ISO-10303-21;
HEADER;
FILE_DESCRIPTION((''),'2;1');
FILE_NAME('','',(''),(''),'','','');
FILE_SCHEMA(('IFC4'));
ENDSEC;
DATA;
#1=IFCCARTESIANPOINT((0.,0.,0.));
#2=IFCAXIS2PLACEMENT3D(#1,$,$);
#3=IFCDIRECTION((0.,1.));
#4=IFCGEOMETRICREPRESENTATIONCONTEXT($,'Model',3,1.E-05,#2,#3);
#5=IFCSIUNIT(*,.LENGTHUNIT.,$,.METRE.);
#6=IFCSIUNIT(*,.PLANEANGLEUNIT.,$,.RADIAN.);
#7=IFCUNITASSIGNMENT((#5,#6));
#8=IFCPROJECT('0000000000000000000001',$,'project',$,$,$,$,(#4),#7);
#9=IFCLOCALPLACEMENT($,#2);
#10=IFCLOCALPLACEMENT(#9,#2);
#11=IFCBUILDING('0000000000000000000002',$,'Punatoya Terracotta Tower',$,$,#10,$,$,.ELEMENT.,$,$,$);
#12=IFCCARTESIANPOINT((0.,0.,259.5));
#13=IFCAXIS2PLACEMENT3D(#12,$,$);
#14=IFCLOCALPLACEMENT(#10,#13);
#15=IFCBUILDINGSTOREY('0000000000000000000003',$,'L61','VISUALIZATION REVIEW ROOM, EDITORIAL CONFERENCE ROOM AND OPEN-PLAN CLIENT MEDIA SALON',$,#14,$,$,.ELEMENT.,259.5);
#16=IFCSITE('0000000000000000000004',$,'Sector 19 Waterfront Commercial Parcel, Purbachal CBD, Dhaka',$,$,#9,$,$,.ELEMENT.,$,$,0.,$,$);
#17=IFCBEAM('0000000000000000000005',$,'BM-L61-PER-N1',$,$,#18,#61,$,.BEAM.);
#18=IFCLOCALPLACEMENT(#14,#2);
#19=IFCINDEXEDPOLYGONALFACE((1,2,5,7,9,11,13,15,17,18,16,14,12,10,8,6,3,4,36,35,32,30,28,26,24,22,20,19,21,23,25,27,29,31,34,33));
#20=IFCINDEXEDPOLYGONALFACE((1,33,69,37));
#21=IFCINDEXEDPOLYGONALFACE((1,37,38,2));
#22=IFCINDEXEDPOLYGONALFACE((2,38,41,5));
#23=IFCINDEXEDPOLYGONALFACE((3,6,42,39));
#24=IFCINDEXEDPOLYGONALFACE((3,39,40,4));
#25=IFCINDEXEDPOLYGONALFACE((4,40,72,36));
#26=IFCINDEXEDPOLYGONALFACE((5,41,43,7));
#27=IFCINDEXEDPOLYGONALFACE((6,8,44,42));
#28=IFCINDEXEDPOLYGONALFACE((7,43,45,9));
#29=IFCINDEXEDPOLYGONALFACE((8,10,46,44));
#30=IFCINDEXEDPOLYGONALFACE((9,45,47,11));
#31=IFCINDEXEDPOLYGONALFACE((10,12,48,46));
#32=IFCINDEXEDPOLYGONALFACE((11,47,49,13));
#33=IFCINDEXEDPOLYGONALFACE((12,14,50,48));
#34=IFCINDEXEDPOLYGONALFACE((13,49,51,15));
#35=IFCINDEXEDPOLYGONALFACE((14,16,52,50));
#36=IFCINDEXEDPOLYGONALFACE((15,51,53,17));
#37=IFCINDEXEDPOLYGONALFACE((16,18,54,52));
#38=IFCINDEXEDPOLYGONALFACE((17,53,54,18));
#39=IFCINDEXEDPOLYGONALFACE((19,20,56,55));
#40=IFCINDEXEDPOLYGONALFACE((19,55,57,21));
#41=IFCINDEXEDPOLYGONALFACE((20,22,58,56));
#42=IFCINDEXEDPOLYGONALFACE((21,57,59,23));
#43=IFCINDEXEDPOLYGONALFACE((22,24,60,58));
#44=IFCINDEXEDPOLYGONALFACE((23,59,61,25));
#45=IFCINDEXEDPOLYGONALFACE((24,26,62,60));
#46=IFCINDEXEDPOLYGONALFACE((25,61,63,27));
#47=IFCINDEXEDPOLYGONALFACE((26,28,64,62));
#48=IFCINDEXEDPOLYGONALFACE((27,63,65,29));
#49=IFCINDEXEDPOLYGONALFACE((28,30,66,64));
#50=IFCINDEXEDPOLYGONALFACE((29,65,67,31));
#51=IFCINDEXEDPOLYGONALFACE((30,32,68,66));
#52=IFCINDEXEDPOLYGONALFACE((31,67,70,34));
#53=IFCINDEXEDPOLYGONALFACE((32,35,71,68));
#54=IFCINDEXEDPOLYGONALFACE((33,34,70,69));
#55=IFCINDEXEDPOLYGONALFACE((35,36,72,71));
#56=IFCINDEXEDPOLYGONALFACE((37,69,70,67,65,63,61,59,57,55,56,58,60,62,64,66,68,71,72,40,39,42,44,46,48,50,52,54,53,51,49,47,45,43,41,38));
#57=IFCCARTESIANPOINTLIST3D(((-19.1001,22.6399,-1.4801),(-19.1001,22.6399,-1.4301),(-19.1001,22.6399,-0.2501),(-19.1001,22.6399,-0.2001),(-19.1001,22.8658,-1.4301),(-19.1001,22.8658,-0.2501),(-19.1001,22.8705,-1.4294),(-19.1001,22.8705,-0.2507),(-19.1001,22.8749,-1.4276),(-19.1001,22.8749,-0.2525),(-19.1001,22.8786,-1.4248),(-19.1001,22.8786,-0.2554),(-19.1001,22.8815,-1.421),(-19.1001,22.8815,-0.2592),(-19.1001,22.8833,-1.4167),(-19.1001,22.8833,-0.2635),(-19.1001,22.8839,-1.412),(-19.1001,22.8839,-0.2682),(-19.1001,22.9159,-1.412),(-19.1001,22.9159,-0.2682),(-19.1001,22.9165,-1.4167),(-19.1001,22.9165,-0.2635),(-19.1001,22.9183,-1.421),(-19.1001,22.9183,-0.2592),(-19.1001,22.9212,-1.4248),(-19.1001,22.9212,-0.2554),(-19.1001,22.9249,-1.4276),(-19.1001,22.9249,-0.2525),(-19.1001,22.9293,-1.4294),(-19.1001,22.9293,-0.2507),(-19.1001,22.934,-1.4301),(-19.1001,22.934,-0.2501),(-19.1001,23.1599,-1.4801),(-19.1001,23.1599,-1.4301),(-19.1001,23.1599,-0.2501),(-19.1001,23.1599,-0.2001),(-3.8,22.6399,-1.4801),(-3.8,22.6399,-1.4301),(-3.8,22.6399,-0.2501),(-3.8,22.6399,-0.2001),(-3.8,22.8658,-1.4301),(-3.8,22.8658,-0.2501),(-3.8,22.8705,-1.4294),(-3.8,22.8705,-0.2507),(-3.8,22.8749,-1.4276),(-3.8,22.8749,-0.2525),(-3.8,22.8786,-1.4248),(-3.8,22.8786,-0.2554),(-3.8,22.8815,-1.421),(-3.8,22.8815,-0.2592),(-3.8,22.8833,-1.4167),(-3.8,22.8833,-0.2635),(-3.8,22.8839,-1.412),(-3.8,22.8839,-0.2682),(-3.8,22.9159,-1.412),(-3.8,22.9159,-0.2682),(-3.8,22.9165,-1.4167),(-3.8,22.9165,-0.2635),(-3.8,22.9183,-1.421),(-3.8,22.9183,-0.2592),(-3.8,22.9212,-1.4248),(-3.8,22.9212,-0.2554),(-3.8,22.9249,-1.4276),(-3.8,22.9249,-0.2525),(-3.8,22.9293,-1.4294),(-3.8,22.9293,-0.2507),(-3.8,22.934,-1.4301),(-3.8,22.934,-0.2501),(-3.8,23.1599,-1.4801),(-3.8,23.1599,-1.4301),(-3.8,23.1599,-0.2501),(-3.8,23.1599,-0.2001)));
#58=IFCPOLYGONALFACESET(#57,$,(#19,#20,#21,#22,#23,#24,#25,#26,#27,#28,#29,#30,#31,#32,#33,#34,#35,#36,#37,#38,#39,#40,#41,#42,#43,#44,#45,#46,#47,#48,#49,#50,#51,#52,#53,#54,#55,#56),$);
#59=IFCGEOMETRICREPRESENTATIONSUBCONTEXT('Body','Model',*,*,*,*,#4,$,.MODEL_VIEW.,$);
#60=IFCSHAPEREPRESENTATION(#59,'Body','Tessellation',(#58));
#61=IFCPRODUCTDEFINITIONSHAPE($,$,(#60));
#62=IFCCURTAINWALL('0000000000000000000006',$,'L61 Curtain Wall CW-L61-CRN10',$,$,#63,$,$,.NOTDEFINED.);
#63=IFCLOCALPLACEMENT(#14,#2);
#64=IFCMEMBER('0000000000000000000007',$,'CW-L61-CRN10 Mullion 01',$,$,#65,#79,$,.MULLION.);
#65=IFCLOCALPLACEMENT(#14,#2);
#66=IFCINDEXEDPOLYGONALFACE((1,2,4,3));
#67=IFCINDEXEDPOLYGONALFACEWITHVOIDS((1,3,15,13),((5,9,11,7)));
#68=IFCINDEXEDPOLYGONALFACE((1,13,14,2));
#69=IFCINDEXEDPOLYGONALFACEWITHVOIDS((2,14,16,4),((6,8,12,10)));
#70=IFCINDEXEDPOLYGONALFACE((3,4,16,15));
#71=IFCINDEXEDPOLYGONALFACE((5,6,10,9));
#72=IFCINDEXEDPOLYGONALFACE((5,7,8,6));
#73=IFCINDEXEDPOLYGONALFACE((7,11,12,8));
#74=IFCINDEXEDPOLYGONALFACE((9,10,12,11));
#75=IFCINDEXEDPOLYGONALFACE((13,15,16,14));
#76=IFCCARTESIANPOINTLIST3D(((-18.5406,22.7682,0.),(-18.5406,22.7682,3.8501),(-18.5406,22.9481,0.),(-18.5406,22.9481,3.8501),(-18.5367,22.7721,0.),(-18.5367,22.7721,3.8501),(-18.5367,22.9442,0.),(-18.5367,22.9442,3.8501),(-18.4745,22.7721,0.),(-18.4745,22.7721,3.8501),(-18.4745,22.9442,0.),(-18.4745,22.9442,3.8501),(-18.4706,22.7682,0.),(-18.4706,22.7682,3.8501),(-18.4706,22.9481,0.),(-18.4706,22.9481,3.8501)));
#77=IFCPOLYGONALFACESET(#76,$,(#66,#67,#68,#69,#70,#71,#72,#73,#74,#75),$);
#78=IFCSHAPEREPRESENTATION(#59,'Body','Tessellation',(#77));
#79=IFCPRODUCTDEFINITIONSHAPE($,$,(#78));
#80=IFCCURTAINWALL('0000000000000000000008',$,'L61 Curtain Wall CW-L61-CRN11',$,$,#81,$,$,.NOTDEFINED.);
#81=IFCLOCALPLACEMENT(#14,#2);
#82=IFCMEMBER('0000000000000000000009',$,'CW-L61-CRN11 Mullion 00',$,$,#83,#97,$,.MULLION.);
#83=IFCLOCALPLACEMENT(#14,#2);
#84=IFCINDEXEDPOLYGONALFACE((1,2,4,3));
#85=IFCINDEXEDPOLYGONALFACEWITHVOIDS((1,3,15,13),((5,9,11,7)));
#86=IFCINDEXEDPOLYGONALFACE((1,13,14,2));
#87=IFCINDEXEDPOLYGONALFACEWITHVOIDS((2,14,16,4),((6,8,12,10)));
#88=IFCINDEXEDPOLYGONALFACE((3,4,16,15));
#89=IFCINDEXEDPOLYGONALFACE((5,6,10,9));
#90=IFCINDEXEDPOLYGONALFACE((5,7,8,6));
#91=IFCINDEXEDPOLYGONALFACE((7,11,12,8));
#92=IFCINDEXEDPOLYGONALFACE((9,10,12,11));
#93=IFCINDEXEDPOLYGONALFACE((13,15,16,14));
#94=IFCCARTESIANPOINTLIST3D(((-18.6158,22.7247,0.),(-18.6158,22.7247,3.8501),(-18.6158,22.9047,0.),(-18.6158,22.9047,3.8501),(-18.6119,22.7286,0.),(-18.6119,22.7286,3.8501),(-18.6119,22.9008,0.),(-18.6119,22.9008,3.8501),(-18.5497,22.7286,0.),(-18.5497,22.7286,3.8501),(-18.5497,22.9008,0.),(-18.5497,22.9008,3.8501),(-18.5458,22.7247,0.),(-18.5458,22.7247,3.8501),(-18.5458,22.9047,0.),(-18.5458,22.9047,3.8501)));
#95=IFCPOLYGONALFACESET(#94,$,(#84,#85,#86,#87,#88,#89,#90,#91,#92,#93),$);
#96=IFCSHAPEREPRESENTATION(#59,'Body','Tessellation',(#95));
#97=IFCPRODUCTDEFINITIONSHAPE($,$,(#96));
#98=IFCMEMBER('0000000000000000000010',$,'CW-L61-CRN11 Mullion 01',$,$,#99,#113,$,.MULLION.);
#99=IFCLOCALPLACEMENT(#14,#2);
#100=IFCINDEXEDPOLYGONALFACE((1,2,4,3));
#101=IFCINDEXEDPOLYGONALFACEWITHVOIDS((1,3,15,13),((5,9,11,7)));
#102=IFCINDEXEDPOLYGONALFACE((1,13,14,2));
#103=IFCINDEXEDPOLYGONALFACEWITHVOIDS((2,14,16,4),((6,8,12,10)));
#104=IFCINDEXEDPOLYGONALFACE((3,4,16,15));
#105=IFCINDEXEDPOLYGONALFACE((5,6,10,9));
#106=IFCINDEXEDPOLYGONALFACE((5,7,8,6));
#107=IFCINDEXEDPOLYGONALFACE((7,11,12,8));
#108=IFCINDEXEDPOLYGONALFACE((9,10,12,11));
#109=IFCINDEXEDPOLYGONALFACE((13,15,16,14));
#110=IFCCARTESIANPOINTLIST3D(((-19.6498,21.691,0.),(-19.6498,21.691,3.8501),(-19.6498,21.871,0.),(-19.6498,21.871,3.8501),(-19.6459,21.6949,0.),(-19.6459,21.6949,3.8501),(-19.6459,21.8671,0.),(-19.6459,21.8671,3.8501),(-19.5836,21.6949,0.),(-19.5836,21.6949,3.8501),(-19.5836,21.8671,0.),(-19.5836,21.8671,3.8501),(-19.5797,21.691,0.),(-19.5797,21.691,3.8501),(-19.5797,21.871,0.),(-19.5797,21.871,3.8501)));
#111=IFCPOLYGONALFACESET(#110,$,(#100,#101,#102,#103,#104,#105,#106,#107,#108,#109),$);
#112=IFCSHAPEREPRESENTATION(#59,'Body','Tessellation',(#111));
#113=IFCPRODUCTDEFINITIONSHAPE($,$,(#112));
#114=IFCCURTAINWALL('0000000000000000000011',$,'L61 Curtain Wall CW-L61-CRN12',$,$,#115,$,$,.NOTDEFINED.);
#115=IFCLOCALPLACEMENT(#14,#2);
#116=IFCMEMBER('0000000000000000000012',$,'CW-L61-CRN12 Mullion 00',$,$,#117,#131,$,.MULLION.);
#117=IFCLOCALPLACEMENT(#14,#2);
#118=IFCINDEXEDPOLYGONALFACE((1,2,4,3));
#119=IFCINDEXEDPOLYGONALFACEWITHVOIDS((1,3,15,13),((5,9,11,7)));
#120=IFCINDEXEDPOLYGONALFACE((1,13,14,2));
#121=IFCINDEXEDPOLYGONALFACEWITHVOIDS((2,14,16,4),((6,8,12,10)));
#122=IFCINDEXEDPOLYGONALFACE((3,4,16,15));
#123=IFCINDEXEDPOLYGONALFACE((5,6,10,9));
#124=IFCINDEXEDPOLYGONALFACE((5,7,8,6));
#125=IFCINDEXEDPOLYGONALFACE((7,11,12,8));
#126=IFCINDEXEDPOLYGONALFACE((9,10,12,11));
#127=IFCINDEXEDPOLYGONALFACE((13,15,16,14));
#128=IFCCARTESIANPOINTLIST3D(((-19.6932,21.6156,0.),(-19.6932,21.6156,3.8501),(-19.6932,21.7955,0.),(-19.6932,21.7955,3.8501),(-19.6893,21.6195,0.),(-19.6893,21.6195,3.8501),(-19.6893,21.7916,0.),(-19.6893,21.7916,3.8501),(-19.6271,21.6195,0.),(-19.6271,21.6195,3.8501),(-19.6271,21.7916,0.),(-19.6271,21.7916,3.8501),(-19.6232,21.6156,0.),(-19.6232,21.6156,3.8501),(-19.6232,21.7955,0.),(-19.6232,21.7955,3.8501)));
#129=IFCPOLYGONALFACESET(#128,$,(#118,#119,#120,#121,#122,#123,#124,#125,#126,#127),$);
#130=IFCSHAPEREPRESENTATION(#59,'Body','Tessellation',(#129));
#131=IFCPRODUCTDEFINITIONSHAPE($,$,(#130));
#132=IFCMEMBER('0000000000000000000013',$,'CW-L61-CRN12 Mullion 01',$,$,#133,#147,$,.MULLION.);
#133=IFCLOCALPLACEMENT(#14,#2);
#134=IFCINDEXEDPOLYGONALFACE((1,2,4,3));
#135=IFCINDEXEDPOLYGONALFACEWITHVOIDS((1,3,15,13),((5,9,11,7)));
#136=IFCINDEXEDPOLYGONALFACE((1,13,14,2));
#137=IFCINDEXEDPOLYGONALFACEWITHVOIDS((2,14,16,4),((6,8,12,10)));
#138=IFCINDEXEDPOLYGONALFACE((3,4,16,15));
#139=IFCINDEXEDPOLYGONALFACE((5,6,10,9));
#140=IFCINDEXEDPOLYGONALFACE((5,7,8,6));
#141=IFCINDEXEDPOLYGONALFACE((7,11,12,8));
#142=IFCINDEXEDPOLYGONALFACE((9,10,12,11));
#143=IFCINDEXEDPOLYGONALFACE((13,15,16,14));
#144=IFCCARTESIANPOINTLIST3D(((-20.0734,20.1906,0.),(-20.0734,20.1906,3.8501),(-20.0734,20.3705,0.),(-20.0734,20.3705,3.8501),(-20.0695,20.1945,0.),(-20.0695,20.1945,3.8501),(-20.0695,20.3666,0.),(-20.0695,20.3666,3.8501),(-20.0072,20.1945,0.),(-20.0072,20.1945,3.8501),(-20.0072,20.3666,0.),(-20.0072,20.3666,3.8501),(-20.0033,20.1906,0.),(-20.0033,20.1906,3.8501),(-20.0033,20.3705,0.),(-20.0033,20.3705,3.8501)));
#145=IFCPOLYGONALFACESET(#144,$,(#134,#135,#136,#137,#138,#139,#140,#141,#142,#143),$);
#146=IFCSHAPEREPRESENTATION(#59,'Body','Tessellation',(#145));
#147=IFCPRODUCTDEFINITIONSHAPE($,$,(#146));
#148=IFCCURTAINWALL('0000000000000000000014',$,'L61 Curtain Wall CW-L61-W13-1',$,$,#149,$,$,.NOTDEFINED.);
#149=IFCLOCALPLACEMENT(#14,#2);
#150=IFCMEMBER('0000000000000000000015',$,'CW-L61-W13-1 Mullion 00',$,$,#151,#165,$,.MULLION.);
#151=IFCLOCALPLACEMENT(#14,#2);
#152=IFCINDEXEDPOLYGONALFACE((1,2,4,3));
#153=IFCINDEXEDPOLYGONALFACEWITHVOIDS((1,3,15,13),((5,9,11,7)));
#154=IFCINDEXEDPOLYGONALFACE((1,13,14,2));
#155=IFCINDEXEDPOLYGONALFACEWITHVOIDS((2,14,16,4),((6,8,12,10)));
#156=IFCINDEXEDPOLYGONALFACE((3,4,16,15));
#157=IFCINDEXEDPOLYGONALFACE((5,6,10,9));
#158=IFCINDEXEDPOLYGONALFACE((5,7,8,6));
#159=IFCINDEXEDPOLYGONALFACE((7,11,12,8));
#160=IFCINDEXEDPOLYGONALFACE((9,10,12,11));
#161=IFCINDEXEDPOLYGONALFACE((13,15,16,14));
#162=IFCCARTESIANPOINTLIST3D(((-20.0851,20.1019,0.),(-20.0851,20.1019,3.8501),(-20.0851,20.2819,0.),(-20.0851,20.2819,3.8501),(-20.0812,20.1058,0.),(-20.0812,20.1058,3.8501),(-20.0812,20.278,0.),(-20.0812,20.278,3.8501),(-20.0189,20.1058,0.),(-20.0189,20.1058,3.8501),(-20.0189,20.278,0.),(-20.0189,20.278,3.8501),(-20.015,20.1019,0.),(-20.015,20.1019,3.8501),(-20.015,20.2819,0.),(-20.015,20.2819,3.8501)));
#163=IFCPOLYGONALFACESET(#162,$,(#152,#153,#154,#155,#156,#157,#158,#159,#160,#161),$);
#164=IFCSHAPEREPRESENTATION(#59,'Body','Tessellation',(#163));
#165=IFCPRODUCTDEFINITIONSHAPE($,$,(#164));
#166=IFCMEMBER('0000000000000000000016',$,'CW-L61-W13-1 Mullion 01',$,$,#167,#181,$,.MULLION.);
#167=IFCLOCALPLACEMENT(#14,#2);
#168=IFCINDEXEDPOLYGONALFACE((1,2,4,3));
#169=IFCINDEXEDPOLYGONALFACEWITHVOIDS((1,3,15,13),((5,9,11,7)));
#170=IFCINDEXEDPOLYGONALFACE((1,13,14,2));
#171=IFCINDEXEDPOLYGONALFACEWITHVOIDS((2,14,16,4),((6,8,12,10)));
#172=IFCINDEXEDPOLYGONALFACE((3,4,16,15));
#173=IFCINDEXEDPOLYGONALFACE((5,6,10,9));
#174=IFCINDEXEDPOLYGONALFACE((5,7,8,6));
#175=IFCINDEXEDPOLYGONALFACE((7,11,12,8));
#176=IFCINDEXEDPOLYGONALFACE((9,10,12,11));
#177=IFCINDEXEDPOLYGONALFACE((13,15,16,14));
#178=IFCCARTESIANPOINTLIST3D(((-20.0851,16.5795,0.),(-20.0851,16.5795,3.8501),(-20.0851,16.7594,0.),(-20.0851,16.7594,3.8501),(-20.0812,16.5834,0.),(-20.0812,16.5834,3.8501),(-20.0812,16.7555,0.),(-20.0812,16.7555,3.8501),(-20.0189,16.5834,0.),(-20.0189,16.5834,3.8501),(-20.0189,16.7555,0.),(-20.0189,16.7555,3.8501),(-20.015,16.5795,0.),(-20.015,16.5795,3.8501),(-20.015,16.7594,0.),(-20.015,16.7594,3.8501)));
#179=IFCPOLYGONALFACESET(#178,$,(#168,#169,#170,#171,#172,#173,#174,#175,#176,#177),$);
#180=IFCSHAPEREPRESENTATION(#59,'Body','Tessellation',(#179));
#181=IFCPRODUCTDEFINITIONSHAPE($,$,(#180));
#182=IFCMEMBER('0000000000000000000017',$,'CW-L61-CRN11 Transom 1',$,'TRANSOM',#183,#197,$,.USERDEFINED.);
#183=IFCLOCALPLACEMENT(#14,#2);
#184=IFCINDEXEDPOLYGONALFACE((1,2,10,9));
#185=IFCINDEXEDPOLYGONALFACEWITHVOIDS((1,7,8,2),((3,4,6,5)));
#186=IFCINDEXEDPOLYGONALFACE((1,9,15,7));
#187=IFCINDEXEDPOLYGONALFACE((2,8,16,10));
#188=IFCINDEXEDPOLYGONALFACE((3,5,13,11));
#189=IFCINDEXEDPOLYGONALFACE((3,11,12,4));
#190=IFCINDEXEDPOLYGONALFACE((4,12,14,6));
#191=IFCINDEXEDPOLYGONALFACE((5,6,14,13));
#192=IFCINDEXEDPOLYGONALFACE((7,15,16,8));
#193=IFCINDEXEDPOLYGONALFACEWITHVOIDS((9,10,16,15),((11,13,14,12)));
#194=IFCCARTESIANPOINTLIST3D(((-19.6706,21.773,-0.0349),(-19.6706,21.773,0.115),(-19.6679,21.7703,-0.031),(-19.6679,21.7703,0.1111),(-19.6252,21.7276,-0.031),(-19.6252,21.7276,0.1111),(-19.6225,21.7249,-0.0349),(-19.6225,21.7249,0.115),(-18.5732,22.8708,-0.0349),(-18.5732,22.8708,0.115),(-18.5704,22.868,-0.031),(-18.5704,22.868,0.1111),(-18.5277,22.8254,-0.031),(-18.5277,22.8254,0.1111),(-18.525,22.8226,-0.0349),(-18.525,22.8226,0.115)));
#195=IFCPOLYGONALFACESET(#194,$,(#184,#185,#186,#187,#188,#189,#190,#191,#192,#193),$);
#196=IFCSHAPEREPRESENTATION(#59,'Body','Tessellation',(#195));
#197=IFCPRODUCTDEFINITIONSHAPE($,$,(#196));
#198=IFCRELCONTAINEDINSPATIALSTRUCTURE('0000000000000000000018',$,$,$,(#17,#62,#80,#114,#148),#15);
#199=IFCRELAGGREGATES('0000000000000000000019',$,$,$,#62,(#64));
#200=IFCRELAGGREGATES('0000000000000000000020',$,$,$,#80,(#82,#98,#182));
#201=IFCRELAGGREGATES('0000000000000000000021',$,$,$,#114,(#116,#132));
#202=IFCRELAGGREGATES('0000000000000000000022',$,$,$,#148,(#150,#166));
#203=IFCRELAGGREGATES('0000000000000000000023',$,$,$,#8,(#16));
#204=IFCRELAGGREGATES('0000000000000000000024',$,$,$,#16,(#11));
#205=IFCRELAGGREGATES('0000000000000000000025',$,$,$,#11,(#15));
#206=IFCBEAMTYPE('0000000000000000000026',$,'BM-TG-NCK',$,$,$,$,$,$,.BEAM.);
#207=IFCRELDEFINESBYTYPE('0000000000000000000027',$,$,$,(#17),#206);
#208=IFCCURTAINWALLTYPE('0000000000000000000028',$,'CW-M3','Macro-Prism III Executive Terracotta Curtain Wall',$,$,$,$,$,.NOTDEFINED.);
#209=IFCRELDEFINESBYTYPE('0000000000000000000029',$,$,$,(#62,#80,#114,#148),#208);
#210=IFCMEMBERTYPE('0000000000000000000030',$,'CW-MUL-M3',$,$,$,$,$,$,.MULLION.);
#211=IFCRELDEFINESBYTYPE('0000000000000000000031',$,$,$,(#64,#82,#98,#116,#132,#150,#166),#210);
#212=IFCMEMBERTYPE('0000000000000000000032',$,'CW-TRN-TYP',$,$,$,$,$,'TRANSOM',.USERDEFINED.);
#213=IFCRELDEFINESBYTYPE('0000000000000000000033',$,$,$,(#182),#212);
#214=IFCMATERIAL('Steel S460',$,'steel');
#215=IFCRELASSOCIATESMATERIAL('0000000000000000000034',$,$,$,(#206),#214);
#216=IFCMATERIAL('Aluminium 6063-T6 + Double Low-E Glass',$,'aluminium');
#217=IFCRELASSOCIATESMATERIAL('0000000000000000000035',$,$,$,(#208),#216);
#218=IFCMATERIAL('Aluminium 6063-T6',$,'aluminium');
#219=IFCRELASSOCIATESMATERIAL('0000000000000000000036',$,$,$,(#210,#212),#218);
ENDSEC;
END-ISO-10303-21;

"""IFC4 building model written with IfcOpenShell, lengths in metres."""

from ifc_helpers import new_model, si_unit, direction, frame, origin, origin_2d, place, context, subcontext, project, spatial, hollow_rectangle, i_section, extrude, material, material_profile, profile_set, type_object, element, aggregate, save


model = new_model("IFC4")

# Units and contexts
model_context = context("Model", 3, precision=1e-05, world=origin(), true_north=direction((0.0, 1.0)))
body_context = subcontext(model_context, "Body", "Model", "MODEL_VIEW")
ifc_project = project(units=[si_unit("LENGTHUNIT", "METRE"), si_unit("PLANEANGLEUNIT", "RADIAN")], contexts=[model_context])

# Site, building, storey
site_placement = place(None, origin())
site = spatial("IfcSite", under=ifc_project, at=site_placement, Name="Sector 19 Waterfront Commercial Parcel, Purbachal CBD, Dhaka", CompositionType="ELEMENT", RefElevation=0.0)
building_placement = place(site_placement, origin())
building = spatial("IfcBuilding", under=site, at=building_placement, Name="Punatoya Terracotta Tower", CompositionType="ELEMENT")
storey_placement = place(building_placement, frame((0.0, 0.0, 259.5)))
storey = spatial("IfcBuildingStorey", under=building, at=storey_placement, Name="L61", Description="VISUALIZATION REVIEW ROOM, EDITORIAL CONFERENCE ROOM AND OPEN-PLAN CLIENT MEDIA SALON", CompositionType="ELEMENT", Elevation=259.5)

# Shared definitions
ifc_material_1 = material(Name="Steel S460", Category="steel")

# Beam
ifc_material_profile_1 = material_profile(ifc_material_1, i_section(OverallWidth=0.52, OverallDepth=1.28, WebThickness=0.032, FlangeThickness=0.05, FilletRadius=0.0181, at=origin_2d()))
ifc_profile_set_1 = profile_set([ifc_material_profile_1], Name="Steel S460")
beam_type_1 = type_object("IfcBeamType", Name="BM-TG-NCK", PredefinedType="BEAM", material=ifc_profile_set_1)
beam_1_placement = place(storey_placement, frame((-19.1001, 22.8999, -0.8401), z_axis=(1.0, 0.0, 0.0), x_axis=(0.0, 1.0, 0.0)))
element("IfcBeam", 1, at=beam_1_placement, inside=storey, type_object=beam_type_1, Name="BM-L61-PER-N1", PredefinedType="BEAM", context=body_context, shape_type="SweptSolid", body=[
    extrude(i_section(OverallWidth=0.52, OverallDepth=1.28, WebThickness=0.032, FlangeThickness=0.05, FilletRadius=0.0181, at=origin_2d()), origin(), (0.0, 0.0, 1.0), 15.3),
])

# Curtain wall, member
ifc_material_2 = material(Name="Aluminium 6063-T6 + Double Low-E Glass", Category="aluminium")
curtain_wall_type = type_object("IfcCurtainWallType", Name="CW-M3", Description="Macro-Prism III Executive Terracotta Curtain Wall", PredefinedType="NOTDEFINED", material=ifc_material_2)
curtain_wall_1_placement = place(storey_placement, origin())
curtain_wall_1 = element("IfcCurtainWall", 2, at=curtain_wall_1_placement, inside=storey, type_object=curtain_wall_type, Name="L61 Curtain Wall CW-L61-CRN10", PredefinedType="NOTDEFINED")
ifc_material_3 = material(Name="Aluminium 6063-T6", Category="aluminium")
ifc_material_profile_2 = material_profile(ifc_material_3, hollow_rectangle(XDim=0.0701, YDim=0.1799, WallThickness=0.0039, at=origin_2d()))
ifc_profile_set_2 = profile_set([ifc_material_profile_2], Name="Aluminium 6063-T6")
member_type_1 = type_object("IfcMemberType", Name="CW-MUL-M3", PredefinedType="MULLION", material=ifc_profile_set_2)
member_1_placement = place(storey_placement, frame((-18.5056, 22.8582, 0.0), z_axis=(0.0, 0.0, 1.0), x_axis=(1.0, 0.0, 0.0)))
member_1 = element("IfcMember", 3, at=member_1_placement, type_object=member_type_1, Name="CW-L61-CRN10 Mullion 01", PredefinedType="MULLION", context=body_context, shape_type="SweptSolid", body=[
    extrude(hollow_rectangle(XDim=0.0701, YDim=0.1799, WallThickness=0.0039, at=origin_2d()), origin(), (0.0, 0.0, 1.0), 3.8501),
])
aggregate(curtain_wall_1, [member_1])

# Curtain walls, members
curtain_wall_2_placement = place(storey_placement, origin())
curtain_wall_2 = element("IfcCurtainWall", 4, at=curtain_wall_2_placement, inside=storey, type_object=curtain_wall_type, Name="L61 Curtain Wall CW-L61-CRN11", PredefinedType="NOTDEFINED")
member_2_placement = place(storey_placement, frame((-18.5808, 22.8147, 0.0), z_axis=(0.0, 0.0, 1.0), x_axis=(1.0, 0.0, 0.0)))
member_2 = element("IfcMember", 5, at=member_2_placement, type_object=member_type_1, Name="CW-L61-CRN11 Mullion 00", PredefinedType="MULLION", context=body_context, shape_type="SweptSolid", body=[
    extrude(hollow_rectangle(XDim=0.0701, YDim=0.1799, WallThickness=0.0039, at=origin_2d()), origin(), (0.0, 0.0, 1.0), 3.8501),
])
member_3_placement = place(storey_placement, frame((-19.6147, 21.781, 0.0), z_axis=(0.0, 0.0, 1.0), x_axis=(1.0, 0.0, 0.0)))
member_3 = element("IfcMember", 6, at=member_3_placement, type_object=member_type_1, Name="CW-L61-CRN11 Mullion 01", PredefinedType="MULLION", context=body_context, shape_type="SweptSolid", body=[
    extrude(hollow_rectangle(XDim=0.0701, YDim=0.1799, WallThickness=0.0039, at=origin_2d()), origin(), (0.0, 0.0, 1.0), 3.8501),
])
curtain_wall_3_placement = place(storey_placement, origin())
curtain_wall_3 = element("IfcCurtainWall", 7, at=curtain_wall_3_placement, inside=storey, type_object=curtain_wall_type, Name="L61 Curtain Wall CW-L61-CRN12", PredefinedType="NOTDEFINED")
member_4_placement = place(storey_placement, frame((-19.6582, 21.7056, 0.0), z_axis=(0.0, 0.0, 1.0), x_axis=(1.0, 0.0, 0.0)))
member_4 = element("IfcMember", 8, at=member_4_placement, type_object=member_type_1, Name="CW-L61-CRN12 Mullion 00", PredefinedType="MULLION", context=body_context, shape_type="SweptSolid", body=[
    extrude(hollow_rectangle(XDim=0.0701, YDim=0.1799, WallThickness=0.0039, at=origin_2d()), origin(), (0.0, 0.0, 1.0), 3.8501),
])
member_5_placement = place(storey_placement, frame((-20.0383, 20.2805, 0.0), z_axis=(0.0, 0.0, 1.0), x_axis=(1.0, 0.0, 0.0)))
member_5 = element("IfcMember", 9, at=member_5_placement, type_object=member_type_1, Name="CW-L61-CRN12 Mullion 01", PredefinedType="MULLION", context=body_context, shape_type="SweptSolid", body=[
    extrude(hollow_rectangle(XDim=0.0701, YDim=0.1799, WallThickness=0.0039, at=origin_2d()), origin(), (0.0, 0.0, 1.0), 3.8501),
])
curtain_wall_4_placement = place(storey_placement, origin())
curtain_wall_4 = element("IfcCurtainWall", 10, at=curtain_wall_4_placement, inside=storey, type_object=curtain_wall_type, Name="L61 Curtain Wall CW-L61-W13-1", PredefinedType="NOTDEFINED")
member_6_placement = place(storey_placement, frame((-20.05, 20.1919, 0.0), z_axis=(0.0, 0.0, 1.0), x_axis=(1.0, 0.0, 0.0)))
member_6 = element("IfcMember", 11, at=member_6_placement, type_object=member_type_1, Name="CW-L61-W13-1 Mullion 00", PredefinedType="MULLION", context=body_context, shape_type="SweptSolid", body=[
    extrude(hollow_rectangle(XDim=0.0701, YDim=0.1799, WallThickness=0.0039, at=origin_2d()), origin(), (0.0, 0.0, 1.0), 3.8501),
])
member_7_placement = place(storey_placement, frame((-20.05, 16.6694, 0.0), z_axis=(0.0, 0.0, 1.0), x_axis=(1.0, 0.0, 0.0)))
member_7 = element("IfcMember", 12, at=member_7_placement, type_object=member_type_1, Name="CW-L61-W13-1 Mullion 01", PredefinedType="MULLION", context=body_context, shape_type="SweptSolid", body=[
    extrude(hollow_rectangle(XDim=0.0701, YDim=0.1799, WallThickness=0.0039, at=origin_2d()), origin(), (0.0, 0.0, 1.0), 3.8501),
])

# Member
ifc_material_profile_3 = material_profile(ifc_material_3, hollow_rectangle(XDim=0.0681, YDim=0.1499, WallThickness=0.0039, at=origin_2d()))
ifc_profile_set_3 = profile_set([ifc_material_profile_3], Name="Aluminium 6063-T6")
member_type_2 = type_object("IfcMemberType", Name="CW-TRN-TYP", ElementType="TRANSOM", PredefinedType="USERDEFINED", material=ifc_profile_set_3)
member_8_placement = place(storey_placement, frame((-18.5491, 22.8467, 0.04), z_axis=(-0.707028, -0.707185, 0.0), x_axis=(0.707185, -0.707028, 0.0)))
member_8 = element("IfcMember", 13, at=member_8_placement, type_object=member_type_2, Name="CW-L61-CRN11 Transom 1", ObjectType="TRANSOM", PredefinedType="USERDEFINED", context=body_context, shape_type="SweptSolid", body=[
    extrude(hollow_rectangle(XDim=0.0681, YDim=0.1499, WallThickness=0.0039, at=origin_2d()), origin(), (0.0, 0.0, 1.0), 1.5522),
])

aggregate(curtain_wall_2, [member_2, member_3, member_8])
aggregate(curtain_wall_3, [member_4, member_5])
aggregate(curtain_wall_4, [member_6, member_7])

save(model, "model.ifc")
